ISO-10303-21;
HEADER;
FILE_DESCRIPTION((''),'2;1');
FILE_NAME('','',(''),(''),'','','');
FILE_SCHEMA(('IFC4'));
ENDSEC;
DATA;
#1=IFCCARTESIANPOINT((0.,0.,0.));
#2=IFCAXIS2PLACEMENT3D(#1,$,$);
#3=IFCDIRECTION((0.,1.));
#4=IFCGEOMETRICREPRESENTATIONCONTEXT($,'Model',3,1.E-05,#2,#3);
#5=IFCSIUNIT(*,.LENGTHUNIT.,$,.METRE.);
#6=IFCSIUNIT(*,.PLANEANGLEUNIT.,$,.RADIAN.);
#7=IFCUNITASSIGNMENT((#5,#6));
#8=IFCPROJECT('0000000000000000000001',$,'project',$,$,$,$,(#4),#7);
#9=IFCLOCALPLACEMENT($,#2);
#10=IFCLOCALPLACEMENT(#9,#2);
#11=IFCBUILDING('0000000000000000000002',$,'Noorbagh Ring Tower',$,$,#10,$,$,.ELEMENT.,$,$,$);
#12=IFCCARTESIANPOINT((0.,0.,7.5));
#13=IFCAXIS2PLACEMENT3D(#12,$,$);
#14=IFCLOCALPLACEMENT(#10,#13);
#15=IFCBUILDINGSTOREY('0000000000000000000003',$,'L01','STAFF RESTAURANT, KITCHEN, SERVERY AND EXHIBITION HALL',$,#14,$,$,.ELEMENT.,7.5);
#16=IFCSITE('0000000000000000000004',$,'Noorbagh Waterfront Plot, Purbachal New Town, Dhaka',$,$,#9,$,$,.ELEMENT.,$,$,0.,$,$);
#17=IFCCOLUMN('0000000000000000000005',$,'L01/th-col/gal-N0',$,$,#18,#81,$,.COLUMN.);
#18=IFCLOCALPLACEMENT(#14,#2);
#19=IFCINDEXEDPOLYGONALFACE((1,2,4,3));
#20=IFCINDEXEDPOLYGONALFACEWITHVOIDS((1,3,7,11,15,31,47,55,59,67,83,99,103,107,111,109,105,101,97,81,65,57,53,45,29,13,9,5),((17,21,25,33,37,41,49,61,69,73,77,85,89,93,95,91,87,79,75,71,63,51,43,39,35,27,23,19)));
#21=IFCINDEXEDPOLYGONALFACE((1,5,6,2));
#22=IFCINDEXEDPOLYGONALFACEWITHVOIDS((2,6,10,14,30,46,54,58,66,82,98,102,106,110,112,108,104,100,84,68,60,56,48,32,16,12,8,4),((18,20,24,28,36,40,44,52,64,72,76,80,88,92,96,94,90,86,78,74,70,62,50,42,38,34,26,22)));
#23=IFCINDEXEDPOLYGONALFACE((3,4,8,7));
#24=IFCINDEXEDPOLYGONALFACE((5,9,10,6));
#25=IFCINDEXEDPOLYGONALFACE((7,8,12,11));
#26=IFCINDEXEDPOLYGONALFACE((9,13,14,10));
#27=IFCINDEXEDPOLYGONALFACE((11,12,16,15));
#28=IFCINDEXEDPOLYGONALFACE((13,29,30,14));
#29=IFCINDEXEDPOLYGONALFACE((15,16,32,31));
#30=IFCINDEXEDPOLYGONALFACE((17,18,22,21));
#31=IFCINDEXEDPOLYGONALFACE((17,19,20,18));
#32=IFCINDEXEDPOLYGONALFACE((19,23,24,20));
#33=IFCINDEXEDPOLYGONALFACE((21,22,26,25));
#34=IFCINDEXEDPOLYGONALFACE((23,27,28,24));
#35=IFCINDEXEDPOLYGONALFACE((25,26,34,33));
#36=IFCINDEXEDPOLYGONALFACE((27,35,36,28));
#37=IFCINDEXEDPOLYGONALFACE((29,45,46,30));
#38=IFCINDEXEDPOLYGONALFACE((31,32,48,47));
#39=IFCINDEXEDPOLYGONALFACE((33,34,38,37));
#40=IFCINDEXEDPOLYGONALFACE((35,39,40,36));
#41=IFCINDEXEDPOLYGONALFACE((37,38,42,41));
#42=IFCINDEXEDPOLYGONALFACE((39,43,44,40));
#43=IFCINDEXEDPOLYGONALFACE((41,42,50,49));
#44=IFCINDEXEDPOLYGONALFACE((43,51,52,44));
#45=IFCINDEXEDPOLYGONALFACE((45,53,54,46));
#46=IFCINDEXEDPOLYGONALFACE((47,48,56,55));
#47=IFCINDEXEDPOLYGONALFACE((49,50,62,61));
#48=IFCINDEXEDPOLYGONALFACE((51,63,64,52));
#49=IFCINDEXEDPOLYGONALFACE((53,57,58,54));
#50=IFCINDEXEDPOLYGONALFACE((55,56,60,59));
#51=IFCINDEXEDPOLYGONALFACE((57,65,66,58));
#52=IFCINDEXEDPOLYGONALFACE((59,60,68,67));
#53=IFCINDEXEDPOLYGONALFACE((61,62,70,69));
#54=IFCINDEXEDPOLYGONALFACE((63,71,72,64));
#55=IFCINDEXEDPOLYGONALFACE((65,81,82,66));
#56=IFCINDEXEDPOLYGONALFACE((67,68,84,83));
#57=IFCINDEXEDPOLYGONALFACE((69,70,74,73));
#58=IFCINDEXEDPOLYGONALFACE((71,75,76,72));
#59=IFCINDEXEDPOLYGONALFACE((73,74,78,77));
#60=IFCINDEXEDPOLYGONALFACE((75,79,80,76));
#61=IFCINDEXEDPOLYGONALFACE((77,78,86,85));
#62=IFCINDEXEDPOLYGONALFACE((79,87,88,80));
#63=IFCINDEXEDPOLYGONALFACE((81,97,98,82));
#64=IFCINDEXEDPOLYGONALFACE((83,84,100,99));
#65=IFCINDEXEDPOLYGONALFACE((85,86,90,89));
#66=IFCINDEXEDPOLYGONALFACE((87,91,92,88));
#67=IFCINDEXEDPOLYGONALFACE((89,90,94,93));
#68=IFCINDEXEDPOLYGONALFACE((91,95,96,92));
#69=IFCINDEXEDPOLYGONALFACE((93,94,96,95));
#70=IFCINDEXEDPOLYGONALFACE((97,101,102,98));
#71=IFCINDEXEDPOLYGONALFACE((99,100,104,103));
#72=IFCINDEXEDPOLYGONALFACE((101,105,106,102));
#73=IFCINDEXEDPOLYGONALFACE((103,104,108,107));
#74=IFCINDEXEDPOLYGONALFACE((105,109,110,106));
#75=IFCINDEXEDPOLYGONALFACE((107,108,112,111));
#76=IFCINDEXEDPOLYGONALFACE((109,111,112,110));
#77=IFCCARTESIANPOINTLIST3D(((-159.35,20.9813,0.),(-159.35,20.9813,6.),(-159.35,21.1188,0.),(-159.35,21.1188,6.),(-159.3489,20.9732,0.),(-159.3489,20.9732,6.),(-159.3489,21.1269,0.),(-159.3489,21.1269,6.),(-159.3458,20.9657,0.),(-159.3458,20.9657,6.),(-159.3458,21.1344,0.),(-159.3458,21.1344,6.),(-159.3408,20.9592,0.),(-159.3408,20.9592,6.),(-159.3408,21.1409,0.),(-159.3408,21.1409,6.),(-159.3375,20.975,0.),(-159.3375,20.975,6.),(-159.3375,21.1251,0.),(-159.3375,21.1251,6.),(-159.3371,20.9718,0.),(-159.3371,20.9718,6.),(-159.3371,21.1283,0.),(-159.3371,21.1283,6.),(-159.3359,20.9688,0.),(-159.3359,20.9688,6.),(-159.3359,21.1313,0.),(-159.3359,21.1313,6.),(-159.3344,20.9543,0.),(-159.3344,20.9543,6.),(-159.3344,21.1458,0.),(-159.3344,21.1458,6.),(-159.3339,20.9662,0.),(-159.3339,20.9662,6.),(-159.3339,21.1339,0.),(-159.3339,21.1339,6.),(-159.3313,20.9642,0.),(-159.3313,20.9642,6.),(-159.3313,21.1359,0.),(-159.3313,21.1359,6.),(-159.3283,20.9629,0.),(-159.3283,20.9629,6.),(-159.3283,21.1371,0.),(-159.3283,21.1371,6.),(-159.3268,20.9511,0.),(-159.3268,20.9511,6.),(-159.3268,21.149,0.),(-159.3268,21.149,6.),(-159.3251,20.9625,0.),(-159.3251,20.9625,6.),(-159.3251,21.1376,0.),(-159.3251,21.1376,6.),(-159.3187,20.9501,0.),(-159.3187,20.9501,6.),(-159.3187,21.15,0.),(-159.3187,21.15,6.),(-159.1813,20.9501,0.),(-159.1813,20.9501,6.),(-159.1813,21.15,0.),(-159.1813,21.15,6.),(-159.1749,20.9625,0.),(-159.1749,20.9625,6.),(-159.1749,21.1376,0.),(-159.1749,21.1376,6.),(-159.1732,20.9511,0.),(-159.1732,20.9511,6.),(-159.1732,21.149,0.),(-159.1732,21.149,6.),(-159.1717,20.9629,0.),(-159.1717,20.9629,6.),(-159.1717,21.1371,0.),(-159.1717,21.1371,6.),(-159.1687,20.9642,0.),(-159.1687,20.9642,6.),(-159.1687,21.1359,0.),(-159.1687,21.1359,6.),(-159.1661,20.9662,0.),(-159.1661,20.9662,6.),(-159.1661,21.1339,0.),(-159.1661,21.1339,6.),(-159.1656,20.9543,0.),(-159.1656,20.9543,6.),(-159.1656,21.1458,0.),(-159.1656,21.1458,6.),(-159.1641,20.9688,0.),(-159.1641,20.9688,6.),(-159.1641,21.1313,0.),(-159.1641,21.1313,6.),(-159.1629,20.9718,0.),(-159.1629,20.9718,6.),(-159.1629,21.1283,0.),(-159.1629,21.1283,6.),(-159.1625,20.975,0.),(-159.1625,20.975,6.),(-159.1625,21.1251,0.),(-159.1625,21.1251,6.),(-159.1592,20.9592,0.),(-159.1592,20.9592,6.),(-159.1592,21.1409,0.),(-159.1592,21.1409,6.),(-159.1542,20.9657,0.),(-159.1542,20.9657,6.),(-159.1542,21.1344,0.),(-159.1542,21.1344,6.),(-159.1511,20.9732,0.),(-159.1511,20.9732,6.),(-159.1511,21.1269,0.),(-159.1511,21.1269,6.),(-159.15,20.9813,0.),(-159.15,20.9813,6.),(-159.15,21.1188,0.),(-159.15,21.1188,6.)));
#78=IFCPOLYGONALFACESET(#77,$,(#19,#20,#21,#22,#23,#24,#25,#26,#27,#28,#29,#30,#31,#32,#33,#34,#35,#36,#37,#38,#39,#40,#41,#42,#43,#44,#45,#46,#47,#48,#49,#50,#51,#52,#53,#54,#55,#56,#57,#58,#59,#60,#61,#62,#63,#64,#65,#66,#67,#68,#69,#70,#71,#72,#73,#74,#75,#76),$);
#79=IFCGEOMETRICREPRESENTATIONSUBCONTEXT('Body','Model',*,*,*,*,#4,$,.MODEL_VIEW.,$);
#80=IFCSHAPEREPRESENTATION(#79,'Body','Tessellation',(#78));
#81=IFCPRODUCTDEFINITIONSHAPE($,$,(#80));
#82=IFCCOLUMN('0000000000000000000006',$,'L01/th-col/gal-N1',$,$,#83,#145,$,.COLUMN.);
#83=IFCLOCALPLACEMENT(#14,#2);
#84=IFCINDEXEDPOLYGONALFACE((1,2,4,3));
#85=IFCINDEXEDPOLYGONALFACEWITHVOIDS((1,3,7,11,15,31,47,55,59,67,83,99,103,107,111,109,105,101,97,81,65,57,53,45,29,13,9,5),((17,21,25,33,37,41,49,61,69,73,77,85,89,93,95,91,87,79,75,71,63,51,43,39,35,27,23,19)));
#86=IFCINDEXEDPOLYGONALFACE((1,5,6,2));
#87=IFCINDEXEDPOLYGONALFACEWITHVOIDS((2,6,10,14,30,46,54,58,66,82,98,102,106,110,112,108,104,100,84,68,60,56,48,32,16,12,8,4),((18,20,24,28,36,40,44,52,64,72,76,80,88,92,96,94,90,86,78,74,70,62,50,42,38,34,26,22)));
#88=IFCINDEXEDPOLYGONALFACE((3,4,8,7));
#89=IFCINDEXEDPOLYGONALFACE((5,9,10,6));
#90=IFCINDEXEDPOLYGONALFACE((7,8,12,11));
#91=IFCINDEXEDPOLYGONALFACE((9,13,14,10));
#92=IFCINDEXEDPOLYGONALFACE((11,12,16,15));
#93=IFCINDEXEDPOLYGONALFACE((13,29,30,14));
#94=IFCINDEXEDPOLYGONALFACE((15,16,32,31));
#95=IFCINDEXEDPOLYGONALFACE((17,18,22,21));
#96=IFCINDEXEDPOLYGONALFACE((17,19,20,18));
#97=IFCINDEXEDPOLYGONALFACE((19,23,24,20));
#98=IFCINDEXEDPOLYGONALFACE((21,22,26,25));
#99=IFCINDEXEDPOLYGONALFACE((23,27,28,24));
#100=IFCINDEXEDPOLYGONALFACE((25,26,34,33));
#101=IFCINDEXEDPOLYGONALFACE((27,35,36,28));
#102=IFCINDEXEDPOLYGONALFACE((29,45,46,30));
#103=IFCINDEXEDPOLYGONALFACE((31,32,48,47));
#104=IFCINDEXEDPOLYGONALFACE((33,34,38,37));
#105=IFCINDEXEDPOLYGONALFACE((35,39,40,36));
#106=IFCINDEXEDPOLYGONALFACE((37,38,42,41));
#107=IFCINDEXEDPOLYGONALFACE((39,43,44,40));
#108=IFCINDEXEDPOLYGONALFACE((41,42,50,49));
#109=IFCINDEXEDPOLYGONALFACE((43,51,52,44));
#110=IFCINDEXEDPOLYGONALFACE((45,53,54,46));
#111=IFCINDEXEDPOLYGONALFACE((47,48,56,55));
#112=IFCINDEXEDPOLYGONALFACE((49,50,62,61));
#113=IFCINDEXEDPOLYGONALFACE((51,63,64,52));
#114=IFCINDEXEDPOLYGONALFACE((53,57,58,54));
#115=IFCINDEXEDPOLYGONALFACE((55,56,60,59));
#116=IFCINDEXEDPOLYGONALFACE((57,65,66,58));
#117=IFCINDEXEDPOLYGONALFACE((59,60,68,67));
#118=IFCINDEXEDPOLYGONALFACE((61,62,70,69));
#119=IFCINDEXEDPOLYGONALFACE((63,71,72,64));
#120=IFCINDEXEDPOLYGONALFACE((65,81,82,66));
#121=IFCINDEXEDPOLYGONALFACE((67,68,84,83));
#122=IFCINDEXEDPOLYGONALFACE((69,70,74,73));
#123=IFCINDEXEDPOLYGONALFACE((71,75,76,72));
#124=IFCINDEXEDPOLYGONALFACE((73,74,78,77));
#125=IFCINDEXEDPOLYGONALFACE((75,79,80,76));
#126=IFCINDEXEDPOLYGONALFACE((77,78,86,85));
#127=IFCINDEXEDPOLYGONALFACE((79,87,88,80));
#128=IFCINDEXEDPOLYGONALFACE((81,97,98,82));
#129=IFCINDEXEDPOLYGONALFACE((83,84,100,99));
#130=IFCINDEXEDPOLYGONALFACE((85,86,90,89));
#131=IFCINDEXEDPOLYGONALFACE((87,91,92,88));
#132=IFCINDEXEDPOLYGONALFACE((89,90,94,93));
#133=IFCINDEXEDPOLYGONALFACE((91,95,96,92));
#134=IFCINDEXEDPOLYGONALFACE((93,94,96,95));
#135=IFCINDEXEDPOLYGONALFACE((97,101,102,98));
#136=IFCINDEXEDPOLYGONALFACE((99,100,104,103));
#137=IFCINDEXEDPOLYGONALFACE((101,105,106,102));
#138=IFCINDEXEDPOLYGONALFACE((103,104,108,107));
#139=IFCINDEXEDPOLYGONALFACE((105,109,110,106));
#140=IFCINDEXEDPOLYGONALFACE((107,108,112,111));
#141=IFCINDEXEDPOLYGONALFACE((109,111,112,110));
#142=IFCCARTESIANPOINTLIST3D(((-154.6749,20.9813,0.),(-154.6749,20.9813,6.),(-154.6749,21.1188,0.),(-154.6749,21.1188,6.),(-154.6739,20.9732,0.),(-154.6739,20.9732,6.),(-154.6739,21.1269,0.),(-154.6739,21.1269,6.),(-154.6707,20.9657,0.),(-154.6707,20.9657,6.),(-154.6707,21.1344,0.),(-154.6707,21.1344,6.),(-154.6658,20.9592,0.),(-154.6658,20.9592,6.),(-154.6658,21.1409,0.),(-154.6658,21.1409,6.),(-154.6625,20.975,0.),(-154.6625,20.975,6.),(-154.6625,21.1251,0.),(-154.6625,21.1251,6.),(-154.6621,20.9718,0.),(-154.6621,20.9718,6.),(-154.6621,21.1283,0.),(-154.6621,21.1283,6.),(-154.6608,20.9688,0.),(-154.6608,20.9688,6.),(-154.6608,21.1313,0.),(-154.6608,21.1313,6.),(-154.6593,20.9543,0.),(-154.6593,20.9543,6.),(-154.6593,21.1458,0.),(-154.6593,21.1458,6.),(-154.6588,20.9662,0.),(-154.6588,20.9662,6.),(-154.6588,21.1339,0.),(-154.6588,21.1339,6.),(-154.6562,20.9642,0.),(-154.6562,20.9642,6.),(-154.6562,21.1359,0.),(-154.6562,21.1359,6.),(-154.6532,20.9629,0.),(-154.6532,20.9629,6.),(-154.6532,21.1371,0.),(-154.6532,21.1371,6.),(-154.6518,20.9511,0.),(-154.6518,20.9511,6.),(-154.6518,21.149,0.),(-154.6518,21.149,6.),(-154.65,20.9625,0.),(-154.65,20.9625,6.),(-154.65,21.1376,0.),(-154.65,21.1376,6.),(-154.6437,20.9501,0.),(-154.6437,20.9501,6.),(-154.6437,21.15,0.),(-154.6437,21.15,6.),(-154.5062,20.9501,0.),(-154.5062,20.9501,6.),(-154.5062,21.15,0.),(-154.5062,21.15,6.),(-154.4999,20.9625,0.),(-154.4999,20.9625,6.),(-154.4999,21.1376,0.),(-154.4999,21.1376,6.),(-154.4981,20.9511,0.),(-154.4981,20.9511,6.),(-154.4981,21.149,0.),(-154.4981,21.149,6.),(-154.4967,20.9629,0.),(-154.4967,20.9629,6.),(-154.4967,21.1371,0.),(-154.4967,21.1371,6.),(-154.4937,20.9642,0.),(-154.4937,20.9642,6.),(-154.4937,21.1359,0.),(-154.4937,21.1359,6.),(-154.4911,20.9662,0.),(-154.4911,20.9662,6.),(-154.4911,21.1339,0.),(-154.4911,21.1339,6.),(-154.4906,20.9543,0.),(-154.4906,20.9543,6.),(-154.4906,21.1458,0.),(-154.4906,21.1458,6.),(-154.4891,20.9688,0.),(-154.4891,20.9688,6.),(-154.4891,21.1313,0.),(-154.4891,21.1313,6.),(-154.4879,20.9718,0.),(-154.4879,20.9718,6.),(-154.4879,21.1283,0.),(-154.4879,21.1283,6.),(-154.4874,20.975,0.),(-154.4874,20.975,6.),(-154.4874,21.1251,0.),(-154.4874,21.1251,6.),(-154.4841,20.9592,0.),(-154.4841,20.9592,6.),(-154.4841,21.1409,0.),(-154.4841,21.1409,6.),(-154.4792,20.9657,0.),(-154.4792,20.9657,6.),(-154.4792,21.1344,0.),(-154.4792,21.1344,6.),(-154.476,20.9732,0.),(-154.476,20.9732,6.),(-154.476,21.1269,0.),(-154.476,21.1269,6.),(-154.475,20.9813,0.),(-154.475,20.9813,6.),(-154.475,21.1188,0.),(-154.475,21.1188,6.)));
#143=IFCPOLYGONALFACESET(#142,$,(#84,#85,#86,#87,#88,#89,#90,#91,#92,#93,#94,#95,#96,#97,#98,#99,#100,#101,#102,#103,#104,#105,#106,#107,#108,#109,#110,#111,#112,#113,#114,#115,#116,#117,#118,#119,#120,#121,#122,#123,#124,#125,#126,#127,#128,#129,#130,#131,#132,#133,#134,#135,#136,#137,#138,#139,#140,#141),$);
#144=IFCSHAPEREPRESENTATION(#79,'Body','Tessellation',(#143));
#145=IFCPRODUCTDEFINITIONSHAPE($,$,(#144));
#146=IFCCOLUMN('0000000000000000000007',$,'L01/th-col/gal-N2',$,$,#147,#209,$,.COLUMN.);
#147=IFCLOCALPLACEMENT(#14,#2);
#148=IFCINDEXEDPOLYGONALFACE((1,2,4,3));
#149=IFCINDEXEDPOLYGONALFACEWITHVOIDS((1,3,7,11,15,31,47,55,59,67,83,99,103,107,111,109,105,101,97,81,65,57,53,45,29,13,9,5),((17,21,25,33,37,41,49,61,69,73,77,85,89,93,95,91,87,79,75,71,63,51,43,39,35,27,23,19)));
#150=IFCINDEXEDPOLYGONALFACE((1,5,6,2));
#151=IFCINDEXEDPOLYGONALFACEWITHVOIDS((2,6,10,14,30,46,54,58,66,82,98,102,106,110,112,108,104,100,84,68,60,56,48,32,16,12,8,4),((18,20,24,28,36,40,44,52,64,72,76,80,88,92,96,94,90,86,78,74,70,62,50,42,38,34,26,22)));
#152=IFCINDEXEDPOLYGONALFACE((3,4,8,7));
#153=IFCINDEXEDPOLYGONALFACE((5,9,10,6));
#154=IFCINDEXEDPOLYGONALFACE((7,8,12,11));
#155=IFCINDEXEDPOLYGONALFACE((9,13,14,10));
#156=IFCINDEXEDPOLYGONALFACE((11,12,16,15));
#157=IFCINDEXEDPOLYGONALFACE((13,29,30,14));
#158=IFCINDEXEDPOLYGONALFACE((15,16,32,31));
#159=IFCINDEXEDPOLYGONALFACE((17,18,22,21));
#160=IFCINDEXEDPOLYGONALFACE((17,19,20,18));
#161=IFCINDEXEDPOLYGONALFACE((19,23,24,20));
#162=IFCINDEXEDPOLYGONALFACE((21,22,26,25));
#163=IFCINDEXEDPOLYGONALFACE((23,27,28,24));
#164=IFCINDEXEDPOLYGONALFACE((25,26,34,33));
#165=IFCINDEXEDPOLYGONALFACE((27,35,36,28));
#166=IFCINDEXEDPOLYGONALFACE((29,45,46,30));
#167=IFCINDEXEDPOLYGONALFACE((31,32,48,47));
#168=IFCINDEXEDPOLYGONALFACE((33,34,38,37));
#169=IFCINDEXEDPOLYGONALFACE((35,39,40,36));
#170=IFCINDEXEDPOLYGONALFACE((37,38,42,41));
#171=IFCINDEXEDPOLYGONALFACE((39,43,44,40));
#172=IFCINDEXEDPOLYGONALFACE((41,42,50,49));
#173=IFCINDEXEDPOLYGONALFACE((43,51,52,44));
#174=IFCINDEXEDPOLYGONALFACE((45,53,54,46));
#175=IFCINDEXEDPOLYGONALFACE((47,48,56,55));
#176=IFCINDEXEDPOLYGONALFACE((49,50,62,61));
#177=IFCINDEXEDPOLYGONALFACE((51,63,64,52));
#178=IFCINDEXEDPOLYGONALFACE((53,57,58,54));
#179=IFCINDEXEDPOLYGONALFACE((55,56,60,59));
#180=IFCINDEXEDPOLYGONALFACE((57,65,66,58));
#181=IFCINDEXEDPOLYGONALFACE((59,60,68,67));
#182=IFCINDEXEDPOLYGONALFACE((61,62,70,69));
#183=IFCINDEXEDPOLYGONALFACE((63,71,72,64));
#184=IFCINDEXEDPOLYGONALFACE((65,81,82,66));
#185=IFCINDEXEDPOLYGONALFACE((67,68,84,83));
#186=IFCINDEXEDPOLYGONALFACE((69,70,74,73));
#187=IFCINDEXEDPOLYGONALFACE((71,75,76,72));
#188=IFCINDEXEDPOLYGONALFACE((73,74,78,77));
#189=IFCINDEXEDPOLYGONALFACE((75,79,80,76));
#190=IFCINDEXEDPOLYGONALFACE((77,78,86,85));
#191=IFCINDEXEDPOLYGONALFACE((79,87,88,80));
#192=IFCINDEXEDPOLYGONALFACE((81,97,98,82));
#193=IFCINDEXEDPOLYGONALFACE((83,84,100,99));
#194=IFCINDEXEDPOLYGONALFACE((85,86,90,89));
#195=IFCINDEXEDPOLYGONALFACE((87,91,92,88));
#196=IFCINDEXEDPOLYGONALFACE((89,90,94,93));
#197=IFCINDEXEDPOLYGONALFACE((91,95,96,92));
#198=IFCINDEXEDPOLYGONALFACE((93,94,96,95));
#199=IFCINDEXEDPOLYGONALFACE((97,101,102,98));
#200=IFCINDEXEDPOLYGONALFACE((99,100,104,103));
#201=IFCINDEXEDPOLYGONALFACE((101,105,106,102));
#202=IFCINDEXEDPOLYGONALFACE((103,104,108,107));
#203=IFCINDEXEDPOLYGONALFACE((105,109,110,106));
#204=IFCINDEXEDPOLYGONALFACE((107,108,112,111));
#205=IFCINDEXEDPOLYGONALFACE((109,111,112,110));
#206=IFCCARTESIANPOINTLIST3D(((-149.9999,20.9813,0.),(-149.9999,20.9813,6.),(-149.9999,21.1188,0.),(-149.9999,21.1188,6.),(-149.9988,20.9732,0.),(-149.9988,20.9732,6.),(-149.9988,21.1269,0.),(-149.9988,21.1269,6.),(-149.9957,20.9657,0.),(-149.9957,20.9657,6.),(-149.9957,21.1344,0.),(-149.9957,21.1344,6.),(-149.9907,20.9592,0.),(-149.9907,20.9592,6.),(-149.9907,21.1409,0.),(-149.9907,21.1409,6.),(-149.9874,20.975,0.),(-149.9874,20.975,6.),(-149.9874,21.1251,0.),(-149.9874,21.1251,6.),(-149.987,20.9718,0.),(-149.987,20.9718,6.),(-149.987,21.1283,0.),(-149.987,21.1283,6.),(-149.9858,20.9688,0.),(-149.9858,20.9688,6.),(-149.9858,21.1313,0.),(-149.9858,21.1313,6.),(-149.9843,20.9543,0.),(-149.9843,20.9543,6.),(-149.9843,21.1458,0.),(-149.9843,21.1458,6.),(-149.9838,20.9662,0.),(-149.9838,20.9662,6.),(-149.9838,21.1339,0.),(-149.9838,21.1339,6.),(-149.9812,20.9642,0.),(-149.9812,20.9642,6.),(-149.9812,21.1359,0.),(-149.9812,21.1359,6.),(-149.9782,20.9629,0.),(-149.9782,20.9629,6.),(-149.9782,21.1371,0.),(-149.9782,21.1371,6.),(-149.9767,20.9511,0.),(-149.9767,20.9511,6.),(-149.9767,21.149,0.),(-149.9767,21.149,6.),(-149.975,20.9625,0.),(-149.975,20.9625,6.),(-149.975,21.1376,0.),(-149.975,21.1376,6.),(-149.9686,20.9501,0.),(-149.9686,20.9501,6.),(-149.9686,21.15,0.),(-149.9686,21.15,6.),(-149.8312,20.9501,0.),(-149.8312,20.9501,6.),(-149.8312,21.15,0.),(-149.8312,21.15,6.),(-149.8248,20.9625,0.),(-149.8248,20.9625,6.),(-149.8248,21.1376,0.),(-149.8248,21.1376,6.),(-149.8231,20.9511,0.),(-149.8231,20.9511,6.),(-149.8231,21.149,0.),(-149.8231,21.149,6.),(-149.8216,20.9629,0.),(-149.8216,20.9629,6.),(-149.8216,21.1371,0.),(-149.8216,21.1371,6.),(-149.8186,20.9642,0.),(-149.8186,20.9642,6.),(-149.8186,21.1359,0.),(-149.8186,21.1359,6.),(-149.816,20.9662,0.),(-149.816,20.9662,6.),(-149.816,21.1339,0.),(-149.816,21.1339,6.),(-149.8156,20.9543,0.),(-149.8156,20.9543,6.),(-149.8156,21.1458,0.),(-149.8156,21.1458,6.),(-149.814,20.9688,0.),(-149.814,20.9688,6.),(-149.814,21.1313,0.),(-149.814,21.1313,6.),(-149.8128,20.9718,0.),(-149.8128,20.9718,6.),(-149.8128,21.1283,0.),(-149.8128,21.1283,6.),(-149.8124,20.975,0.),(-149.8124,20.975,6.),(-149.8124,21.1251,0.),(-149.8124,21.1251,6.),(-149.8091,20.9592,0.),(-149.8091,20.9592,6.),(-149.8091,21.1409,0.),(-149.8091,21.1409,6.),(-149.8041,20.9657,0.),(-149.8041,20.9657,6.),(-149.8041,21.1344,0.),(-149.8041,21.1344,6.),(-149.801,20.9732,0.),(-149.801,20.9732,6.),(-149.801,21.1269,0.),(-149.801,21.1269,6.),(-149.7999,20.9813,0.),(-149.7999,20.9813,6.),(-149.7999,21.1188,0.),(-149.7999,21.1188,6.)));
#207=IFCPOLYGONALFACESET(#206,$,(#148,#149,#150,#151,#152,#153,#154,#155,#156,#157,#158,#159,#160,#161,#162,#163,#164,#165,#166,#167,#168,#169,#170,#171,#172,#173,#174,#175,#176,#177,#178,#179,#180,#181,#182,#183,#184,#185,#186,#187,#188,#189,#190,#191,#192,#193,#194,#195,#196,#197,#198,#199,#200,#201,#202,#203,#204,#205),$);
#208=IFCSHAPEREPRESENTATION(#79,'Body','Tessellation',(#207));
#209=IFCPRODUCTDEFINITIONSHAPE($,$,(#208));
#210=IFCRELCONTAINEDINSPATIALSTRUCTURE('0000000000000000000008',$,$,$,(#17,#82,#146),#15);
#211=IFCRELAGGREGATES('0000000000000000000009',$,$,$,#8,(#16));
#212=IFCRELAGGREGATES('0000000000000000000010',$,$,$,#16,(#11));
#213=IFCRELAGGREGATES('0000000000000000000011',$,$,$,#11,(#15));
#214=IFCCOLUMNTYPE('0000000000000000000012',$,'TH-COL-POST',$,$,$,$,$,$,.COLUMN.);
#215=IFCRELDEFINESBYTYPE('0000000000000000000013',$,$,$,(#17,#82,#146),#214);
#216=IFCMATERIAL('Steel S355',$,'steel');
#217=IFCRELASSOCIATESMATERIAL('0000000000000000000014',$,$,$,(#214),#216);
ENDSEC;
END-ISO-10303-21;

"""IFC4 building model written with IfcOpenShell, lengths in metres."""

from ifc_helpers import new_model, si_unit, direction, frame, origin, origin_2d, place, context, subcontext, project, spatial, hollow_rectangle, extrude, material, material_profile, profile_set, type_object, element, save


model = new_model("IFC4")

# Units and contexts
model_context = context("Model", 3, precision=1e-05, world=origin(), true_north=direction((0.0, 1.0)))
body_context = subcontext(model_context, "Body", "Model", "MODEL_VIEW")
ifc_project = project(units=[si_unit("LENGTHUNIT", "METRE"), si_unit("PLANEANGLEUNIT", "RADIAN")], contexts=[model_context])

# Site, building, storey
site_placement = place(None, origin())
site = spatial("IfcSite", under=ifc_project, at=site_placement, Name="Noorbagh Waterfront Plot, Purbachal New Town, Dhaka", CompositionType="ELEMENT", RefElevation=0.0)
building_placement = place(site_placement, origin())
building = spatial("IfcBuilding", under=site, at=building_placement, Name="Noorbagh Ring Tower", CompositionType="ELEMENT")
storey_placement = place(building_placement, frame((0.0, 0.0, 7.5)))
storey = spatial("IfcBuildingStorey", under=building, at=storey_placement, Name="L01", Description="STAFF RESTAURANT, KITCHEN, SERVERY AND EXHIBITION HALL", CompositionType="ELEMENT", Elevation=7.5)

# Columns
ifc_material_1 = material(Name="Steel S355", Category="steel")
ifc_material_profile_1 = material_profile(ifc_material_1, hollow_rectangle(XDim=0.2, YDim=0.2, WallThickness=0.0125, InnerFilletRadius=0.0125, OuterFilletRadius=0.0312, at=origin_2d()), Name="SHS200x200x12.5")
ifc_profile_set_1 = profile_set([ifc_material_profile_1], Name="Steel S355")
column_type = type_object("IfcColumnType", Name="TH-COL-POST", PredefinedType="COLUMN", material=ifc_profile_set_1)
for number, where, z_axis, x_axis, name in (
    (1, (-159.25, 21.05, 0.0), (0.0, 0.0, 1.0), (1.0, 0.0, 0.0), "L01/th-col/gal-N0"),
    (2, (-154.575, 21.05, 0.0), (0.0, 0.0, 1.0), (1.0, 0.0, 0.0), "L01/th-col/gal-N1"),
    (3, (-149.8999, 21.05, 0.0), (0.0, 0.0, 1.0), (1.0, 0.0, 0.0), "L01/th-col/gal-N2"),
):
    element("IfcColumn", number, at=place(storey_placement, frame(where, z_axis=z_axis, x_axis=x_axis)), inside=storey, type_object=column_type, Name=name, PredefinedType="COLUMN", context=body_context, shape_type="SweptSolid", body=[
        extrude(hollow_rectangle(XDim=0.2, YDim=0.2, WallThickness=0.0125, InnerFilletRadius=0.0125, OuterFilletRadius=0.0312, at=origin_2d()), origin(), (0.0, 0.0, 1.0), 6.0),
    ])

save(model, "model.ifc")
